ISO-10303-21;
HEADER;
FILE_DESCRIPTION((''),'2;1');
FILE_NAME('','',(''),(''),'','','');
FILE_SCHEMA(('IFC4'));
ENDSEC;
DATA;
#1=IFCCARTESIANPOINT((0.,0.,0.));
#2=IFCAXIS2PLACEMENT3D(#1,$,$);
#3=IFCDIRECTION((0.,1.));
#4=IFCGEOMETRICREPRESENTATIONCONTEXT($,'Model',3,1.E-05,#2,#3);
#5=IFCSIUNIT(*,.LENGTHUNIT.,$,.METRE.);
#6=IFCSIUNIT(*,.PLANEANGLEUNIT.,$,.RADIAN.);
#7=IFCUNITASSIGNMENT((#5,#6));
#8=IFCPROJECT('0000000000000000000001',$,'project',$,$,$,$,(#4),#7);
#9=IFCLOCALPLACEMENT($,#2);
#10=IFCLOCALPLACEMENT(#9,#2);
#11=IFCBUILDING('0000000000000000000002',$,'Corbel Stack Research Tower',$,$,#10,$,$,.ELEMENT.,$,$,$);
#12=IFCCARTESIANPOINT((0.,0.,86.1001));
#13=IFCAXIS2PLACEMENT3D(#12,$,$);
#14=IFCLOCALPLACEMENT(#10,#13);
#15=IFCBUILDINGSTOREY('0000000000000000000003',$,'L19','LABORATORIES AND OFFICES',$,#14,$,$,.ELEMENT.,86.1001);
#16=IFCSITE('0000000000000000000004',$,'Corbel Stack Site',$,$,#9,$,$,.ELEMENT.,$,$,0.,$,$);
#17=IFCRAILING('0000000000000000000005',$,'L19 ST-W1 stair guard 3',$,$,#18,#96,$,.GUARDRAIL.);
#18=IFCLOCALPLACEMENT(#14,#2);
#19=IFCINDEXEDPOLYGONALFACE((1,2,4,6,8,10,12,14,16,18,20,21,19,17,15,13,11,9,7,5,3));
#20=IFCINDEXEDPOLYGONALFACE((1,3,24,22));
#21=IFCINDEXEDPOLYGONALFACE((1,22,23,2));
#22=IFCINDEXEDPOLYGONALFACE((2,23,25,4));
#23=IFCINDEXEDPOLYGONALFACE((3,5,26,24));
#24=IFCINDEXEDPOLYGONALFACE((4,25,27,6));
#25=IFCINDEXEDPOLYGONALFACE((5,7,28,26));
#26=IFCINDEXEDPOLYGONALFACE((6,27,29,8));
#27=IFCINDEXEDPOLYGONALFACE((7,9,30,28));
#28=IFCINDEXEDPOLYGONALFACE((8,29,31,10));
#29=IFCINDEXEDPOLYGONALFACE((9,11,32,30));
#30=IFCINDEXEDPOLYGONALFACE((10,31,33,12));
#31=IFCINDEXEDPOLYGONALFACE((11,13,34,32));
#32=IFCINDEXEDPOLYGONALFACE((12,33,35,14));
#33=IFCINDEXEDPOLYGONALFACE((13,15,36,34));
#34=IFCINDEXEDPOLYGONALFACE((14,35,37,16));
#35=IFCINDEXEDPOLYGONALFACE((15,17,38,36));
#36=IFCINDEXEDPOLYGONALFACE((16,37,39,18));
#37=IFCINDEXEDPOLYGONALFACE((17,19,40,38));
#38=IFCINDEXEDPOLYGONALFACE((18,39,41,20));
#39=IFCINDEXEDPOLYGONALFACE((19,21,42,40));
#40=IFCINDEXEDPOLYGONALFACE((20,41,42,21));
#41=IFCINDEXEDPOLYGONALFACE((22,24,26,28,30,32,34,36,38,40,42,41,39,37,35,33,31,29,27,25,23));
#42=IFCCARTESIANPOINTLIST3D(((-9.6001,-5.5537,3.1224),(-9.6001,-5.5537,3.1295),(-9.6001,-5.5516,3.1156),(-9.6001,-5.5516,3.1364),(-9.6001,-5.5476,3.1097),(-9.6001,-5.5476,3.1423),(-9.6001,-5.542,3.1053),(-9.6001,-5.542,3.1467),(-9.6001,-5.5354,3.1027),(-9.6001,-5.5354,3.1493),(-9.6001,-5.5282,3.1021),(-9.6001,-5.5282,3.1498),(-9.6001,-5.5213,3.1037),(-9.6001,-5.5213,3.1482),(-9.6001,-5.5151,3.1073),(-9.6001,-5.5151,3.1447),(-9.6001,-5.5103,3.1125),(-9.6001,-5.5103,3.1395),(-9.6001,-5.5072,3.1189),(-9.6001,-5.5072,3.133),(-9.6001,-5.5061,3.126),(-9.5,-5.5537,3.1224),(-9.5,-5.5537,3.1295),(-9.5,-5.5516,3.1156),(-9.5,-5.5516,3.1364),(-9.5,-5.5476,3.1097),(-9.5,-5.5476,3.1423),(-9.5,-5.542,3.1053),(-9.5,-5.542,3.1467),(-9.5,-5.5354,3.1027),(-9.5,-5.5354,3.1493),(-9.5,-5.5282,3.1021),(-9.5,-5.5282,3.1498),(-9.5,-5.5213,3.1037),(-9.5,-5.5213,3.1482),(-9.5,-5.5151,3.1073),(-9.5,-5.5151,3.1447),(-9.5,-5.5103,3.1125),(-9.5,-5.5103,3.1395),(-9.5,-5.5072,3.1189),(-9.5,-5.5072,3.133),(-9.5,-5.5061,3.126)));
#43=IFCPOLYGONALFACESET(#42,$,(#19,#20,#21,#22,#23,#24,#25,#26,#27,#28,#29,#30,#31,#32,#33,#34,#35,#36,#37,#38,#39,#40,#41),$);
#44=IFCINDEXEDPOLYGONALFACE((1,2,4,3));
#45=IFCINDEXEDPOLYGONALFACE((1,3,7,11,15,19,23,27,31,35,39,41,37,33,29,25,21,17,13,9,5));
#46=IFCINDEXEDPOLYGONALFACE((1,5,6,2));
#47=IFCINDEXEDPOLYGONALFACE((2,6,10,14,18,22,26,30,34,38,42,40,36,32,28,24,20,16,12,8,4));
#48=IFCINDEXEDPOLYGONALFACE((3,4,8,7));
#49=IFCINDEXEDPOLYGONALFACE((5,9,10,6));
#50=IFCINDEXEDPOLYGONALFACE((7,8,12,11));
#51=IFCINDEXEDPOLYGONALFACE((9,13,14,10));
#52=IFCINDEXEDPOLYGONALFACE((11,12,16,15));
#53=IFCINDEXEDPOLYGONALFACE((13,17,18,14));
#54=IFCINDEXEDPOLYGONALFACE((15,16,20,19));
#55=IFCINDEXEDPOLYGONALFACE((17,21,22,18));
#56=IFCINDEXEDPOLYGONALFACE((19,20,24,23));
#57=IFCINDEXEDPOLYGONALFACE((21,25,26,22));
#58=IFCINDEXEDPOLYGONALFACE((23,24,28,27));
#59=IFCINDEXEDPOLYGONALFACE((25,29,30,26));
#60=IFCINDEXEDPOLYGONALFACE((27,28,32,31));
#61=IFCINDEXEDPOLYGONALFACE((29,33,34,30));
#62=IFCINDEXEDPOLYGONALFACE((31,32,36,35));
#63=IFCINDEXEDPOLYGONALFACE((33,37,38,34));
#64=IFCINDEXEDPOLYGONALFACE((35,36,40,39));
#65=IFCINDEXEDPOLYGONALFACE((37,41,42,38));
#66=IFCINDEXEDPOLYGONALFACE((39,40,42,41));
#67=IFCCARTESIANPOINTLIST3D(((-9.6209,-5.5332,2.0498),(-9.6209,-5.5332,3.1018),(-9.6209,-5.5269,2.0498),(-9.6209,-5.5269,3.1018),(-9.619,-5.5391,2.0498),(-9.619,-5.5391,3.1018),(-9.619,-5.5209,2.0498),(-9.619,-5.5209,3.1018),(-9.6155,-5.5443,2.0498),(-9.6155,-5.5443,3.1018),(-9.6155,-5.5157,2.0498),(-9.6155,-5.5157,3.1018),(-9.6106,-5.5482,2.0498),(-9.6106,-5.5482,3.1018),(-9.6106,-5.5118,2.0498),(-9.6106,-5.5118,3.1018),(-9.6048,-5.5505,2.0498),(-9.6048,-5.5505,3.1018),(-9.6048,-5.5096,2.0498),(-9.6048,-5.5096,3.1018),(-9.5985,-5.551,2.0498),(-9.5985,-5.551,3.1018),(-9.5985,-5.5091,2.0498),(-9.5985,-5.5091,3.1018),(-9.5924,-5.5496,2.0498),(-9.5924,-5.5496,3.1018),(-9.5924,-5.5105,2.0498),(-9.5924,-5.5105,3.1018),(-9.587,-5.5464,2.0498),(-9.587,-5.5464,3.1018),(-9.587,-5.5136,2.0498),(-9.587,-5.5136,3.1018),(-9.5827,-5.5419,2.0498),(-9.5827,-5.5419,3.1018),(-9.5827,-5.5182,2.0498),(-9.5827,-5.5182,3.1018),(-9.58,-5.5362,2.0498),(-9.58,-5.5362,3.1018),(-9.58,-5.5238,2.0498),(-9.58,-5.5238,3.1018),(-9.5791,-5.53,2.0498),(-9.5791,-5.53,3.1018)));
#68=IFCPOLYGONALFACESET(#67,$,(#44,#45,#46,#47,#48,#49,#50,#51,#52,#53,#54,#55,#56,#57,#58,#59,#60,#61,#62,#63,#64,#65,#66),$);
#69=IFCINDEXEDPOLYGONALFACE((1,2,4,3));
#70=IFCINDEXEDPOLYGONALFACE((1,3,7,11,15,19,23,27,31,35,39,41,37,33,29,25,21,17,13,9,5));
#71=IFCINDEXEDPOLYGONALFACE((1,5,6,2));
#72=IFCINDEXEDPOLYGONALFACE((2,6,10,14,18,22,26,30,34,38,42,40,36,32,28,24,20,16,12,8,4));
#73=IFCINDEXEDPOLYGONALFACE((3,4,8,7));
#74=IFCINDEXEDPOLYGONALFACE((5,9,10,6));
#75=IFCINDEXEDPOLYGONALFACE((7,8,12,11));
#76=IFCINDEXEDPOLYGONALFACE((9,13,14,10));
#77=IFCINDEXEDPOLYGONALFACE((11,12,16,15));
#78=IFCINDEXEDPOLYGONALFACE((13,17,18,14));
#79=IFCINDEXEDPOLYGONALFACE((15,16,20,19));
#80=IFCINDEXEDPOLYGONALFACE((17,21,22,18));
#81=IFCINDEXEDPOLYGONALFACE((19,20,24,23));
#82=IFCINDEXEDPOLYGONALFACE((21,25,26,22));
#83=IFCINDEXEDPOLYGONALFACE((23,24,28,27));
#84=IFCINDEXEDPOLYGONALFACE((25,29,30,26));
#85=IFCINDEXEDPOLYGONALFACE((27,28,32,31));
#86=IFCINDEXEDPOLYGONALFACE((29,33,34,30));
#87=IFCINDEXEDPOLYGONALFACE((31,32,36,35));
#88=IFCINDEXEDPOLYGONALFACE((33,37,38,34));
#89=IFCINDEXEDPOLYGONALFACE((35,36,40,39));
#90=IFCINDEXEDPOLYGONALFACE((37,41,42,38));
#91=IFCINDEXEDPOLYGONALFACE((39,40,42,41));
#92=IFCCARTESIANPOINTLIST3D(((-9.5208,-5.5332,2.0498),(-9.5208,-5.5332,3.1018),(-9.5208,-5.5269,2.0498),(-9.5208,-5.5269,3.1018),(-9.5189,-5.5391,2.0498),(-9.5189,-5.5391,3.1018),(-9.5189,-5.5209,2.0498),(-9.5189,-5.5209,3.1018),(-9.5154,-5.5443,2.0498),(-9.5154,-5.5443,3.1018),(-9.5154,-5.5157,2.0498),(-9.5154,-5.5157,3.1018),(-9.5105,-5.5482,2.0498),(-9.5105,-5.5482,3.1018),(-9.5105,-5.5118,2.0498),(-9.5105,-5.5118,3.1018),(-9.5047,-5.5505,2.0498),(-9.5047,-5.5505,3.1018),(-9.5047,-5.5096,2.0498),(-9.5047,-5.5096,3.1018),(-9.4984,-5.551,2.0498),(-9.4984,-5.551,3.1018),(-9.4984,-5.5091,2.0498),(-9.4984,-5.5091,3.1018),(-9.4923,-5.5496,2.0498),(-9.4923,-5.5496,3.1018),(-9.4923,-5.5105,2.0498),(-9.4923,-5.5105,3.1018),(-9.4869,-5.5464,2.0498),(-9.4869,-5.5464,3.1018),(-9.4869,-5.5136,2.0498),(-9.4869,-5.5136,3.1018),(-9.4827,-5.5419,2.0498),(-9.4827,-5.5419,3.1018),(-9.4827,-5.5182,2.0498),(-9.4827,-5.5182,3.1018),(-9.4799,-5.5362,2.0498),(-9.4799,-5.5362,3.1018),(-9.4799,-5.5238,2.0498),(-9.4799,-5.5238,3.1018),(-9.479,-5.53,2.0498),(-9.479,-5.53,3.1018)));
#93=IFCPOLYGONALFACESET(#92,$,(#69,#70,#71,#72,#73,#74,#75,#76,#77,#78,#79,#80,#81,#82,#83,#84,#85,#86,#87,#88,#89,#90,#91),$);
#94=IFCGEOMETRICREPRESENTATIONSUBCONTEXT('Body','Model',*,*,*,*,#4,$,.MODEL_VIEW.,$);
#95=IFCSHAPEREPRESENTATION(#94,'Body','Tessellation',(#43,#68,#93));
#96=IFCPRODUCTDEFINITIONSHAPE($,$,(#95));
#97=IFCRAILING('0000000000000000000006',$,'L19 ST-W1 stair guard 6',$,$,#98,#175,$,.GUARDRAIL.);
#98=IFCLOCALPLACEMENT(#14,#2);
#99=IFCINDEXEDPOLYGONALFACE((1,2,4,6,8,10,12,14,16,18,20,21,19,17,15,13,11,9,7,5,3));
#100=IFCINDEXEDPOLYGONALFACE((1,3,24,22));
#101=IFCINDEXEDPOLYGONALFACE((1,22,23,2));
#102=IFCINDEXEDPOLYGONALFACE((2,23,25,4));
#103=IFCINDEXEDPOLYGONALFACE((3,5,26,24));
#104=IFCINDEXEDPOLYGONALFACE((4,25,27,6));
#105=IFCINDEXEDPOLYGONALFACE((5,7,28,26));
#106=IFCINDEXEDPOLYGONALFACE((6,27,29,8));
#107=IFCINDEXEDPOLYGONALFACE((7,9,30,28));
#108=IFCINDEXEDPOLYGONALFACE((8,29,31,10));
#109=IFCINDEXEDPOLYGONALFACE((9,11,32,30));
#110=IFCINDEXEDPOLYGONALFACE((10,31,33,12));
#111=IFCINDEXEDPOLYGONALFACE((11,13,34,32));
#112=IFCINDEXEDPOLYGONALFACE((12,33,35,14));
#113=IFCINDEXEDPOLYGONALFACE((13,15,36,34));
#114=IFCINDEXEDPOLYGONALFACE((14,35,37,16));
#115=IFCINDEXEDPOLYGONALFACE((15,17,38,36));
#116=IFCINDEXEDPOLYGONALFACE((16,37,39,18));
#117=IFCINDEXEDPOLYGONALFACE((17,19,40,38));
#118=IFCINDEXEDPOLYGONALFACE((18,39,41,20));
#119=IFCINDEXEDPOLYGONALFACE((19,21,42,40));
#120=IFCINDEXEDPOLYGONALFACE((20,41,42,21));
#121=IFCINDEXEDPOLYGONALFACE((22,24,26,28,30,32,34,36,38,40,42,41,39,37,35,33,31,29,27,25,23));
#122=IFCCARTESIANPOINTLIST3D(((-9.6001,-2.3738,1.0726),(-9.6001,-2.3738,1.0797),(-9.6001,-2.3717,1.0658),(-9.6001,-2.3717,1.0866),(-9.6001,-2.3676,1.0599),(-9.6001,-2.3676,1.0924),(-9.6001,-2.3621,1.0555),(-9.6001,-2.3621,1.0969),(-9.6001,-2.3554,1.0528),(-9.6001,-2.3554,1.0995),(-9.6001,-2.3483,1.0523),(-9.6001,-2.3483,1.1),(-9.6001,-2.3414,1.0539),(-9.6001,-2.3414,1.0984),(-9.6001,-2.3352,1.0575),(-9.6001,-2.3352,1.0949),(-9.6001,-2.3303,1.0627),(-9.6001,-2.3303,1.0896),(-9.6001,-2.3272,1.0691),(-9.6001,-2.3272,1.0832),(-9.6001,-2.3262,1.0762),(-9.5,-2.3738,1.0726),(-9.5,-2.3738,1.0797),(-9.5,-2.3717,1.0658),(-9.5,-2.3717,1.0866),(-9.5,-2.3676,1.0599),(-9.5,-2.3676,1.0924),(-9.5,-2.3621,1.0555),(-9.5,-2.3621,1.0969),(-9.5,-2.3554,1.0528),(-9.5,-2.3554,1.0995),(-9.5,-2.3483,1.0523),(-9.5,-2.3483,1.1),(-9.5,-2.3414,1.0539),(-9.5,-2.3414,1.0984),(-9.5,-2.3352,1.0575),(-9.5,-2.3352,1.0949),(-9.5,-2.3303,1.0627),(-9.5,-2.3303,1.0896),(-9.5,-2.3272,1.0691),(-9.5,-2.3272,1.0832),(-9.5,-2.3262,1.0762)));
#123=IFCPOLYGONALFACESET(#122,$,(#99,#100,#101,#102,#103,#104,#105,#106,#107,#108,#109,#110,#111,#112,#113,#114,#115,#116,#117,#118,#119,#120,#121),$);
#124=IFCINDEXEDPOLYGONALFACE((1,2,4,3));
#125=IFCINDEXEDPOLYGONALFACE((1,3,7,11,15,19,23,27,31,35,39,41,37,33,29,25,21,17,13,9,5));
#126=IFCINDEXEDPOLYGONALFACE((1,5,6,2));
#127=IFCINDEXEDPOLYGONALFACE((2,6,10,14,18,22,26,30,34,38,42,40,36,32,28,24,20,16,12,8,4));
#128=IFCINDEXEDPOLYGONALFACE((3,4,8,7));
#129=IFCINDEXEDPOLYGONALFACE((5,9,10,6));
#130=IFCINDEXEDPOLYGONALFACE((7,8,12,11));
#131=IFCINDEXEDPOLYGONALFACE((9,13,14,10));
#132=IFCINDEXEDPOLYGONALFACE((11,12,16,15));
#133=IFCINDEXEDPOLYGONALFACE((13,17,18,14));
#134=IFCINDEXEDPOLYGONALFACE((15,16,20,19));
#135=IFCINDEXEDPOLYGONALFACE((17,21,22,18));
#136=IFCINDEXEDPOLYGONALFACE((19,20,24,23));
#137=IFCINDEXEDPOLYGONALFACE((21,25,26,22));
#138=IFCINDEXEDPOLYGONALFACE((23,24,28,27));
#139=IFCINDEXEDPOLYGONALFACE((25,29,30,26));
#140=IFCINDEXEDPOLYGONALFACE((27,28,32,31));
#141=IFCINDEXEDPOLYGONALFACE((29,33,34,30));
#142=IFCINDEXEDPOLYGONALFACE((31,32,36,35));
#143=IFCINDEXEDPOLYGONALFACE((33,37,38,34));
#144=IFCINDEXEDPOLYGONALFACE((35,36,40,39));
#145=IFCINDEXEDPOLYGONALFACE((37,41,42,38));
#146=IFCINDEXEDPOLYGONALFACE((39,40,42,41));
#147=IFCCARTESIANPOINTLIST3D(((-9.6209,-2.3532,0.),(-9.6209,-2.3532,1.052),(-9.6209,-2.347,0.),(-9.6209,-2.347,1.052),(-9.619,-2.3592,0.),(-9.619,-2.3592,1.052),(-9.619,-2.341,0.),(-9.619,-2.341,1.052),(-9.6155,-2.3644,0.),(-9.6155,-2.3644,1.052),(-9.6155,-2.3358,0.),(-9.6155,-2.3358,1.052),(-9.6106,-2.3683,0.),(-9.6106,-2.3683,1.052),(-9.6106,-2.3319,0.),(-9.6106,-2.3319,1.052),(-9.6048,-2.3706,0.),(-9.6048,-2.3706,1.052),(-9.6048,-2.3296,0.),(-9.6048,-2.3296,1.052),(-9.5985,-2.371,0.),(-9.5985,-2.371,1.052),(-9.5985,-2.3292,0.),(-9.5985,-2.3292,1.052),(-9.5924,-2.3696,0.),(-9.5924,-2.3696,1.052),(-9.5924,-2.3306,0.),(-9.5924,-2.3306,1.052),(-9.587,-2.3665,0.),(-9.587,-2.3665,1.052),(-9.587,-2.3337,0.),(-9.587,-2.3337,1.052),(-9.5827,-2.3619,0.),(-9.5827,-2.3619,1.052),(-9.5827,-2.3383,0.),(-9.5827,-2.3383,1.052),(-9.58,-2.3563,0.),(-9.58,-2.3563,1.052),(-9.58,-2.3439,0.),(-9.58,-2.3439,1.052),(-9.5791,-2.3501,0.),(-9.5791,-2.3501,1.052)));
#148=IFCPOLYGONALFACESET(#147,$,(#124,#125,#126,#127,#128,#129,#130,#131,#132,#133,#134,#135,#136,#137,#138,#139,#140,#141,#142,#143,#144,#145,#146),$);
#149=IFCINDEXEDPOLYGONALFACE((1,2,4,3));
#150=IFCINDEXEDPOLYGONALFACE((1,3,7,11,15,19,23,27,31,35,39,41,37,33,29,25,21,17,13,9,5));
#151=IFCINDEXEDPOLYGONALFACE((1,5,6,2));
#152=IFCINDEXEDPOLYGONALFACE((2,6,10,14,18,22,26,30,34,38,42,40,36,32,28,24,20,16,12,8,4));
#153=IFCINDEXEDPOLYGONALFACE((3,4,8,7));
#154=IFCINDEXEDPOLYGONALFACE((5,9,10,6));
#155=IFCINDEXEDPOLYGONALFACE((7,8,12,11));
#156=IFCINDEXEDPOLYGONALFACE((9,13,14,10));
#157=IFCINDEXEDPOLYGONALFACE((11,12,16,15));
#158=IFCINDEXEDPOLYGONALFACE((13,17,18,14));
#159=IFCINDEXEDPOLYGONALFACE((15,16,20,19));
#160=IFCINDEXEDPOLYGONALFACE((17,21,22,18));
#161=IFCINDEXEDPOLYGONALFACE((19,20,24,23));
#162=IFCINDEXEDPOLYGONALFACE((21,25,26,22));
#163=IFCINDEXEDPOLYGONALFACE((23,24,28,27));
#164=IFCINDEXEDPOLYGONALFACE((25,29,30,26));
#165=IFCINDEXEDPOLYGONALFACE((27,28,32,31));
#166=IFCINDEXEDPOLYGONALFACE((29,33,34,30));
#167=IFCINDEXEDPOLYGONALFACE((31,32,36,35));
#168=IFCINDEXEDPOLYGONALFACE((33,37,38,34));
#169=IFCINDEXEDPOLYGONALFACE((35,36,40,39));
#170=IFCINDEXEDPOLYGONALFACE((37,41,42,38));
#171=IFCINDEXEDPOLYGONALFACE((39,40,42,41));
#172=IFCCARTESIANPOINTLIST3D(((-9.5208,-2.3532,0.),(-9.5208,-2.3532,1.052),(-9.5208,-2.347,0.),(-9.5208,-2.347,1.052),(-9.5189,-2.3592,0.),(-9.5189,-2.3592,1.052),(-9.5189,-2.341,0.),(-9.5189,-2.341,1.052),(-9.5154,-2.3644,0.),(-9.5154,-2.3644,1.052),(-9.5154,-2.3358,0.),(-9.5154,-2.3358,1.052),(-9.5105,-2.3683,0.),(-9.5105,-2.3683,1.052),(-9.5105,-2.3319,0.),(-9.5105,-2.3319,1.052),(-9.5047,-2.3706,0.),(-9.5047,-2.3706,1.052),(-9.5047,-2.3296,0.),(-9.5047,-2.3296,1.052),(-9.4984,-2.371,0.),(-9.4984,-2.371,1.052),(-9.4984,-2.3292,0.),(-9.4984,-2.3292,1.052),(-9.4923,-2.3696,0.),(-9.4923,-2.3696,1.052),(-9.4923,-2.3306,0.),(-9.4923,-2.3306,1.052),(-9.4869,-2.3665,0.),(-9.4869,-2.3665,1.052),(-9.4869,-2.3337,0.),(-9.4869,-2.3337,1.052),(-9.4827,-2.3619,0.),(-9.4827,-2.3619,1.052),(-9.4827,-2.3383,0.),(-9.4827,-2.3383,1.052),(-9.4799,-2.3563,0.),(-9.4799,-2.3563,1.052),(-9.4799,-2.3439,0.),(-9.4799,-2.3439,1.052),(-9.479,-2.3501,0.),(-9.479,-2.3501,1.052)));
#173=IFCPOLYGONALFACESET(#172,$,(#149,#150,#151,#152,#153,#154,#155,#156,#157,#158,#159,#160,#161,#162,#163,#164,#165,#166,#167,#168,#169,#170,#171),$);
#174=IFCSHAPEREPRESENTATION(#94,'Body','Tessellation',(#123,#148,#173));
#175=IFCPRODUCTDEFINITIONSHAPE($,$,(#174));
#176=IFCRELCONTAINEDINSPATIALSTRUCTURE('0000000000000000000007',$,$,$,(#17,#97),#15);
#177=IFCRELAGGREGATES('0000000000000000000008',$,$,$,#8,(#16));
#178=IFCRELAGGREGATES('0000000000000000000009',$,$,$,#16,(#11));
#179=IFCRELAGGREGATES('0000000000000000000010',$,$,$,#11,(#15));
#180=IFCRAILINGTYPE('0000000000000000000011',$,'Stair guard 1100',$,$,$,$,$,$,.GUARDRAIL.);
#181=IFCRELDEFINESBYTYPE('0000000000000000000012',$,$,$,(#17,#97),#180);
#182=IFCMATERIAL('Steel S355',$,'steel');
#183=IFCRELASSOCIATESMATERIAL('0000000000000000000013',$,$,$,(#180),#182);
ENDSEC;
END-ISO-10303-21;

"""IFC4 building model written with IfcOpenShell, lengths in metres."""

from ifc_helpers import new_model, si_unit, direction, frame, origin, origin_2d, place, context, subcontext, project, spatial, circle, extrude, material, type_object, element, save


model = new_model("IFC4")

# Units and contexts
model_context = context("Model", 3, precision=1e-05, world=origin(), true_north=direction((0.0, 1.0)))
body_context = subcontext(model_context, "Body", "Model", "MODEL_VIEW")
ifc_project = project(units=[si_unit("LENGTHUNIT", "METRE"), si_unit("PLANEANGLEUNIT", "RADIAN")], contexts=[model_context])

# Site, building, storey
site_placement = place(None, origin())
site = spatial("IfcSite", under=ifc_project, at=site_placement, Name="Corbel Stack Site", CompositionType="ELEMENT", RefElevation=0.0)
building_placement = place(site_placement, origin())
building = spatial("IfcBuilding", under=site, at=building_placement, Name="Corbel Stack Research Tower", CompositionType="ELEMENT")
storey_placement = place(building_placement, frame((0.0, 0.0, 86.1001)))
storey = spatial("IfcBuildingStorey", under=building, at=storey_placement, Name="L19", Description="LABORATORIES AND OFFICES", CompositionType="ELEMENT", Elevation=86.1001)

# Railings
ifc_material_1 = material(Name="Steel S355", Category="steel")
railing_type_1 = type_object("IfcRailingType", Name="Stair guard 1100", PredefinedType="GUARDRAIL", material=ifc_material_1)
for number, where, name in (
    (1, (-9.6001, -5.53, 2.0498), "L19 ST-W1 stair guard 3"),
    (2, (-9.6001, -2.3501, 0.0), "L19 ST-W1 stair guard 6"),
):
    element("IfcRailing", number, at=place(storey_placement, frame(where)), inside=storey, type_object=railing_type_1, Name=name, PredefinedType="GUARDRAIL", context=body_context, shape_type="SweptSolid", body=[
        extrude(circle(Radius=0.0239, at=origin_2d()), frame((0.0, 0.0, 1.0762), z_axis=(1.0, 0.0, 0.0), x_axis=(0.0, 1.0, 0.0)), (0.0, 0.0, 1.0), 0.1001),
        extrude(circle(Radius=0.021, at=origin_2d()), origin(), (0.0, 0.0, 1.0), 1.052),
        extrude(circle(Radius=0.021, at=origin_2d()), frame((0.1001, 0.0, 0.0)), (0.0, 0.0, 1.0), 1.052),
    ])

save(model, "model.ifc")
